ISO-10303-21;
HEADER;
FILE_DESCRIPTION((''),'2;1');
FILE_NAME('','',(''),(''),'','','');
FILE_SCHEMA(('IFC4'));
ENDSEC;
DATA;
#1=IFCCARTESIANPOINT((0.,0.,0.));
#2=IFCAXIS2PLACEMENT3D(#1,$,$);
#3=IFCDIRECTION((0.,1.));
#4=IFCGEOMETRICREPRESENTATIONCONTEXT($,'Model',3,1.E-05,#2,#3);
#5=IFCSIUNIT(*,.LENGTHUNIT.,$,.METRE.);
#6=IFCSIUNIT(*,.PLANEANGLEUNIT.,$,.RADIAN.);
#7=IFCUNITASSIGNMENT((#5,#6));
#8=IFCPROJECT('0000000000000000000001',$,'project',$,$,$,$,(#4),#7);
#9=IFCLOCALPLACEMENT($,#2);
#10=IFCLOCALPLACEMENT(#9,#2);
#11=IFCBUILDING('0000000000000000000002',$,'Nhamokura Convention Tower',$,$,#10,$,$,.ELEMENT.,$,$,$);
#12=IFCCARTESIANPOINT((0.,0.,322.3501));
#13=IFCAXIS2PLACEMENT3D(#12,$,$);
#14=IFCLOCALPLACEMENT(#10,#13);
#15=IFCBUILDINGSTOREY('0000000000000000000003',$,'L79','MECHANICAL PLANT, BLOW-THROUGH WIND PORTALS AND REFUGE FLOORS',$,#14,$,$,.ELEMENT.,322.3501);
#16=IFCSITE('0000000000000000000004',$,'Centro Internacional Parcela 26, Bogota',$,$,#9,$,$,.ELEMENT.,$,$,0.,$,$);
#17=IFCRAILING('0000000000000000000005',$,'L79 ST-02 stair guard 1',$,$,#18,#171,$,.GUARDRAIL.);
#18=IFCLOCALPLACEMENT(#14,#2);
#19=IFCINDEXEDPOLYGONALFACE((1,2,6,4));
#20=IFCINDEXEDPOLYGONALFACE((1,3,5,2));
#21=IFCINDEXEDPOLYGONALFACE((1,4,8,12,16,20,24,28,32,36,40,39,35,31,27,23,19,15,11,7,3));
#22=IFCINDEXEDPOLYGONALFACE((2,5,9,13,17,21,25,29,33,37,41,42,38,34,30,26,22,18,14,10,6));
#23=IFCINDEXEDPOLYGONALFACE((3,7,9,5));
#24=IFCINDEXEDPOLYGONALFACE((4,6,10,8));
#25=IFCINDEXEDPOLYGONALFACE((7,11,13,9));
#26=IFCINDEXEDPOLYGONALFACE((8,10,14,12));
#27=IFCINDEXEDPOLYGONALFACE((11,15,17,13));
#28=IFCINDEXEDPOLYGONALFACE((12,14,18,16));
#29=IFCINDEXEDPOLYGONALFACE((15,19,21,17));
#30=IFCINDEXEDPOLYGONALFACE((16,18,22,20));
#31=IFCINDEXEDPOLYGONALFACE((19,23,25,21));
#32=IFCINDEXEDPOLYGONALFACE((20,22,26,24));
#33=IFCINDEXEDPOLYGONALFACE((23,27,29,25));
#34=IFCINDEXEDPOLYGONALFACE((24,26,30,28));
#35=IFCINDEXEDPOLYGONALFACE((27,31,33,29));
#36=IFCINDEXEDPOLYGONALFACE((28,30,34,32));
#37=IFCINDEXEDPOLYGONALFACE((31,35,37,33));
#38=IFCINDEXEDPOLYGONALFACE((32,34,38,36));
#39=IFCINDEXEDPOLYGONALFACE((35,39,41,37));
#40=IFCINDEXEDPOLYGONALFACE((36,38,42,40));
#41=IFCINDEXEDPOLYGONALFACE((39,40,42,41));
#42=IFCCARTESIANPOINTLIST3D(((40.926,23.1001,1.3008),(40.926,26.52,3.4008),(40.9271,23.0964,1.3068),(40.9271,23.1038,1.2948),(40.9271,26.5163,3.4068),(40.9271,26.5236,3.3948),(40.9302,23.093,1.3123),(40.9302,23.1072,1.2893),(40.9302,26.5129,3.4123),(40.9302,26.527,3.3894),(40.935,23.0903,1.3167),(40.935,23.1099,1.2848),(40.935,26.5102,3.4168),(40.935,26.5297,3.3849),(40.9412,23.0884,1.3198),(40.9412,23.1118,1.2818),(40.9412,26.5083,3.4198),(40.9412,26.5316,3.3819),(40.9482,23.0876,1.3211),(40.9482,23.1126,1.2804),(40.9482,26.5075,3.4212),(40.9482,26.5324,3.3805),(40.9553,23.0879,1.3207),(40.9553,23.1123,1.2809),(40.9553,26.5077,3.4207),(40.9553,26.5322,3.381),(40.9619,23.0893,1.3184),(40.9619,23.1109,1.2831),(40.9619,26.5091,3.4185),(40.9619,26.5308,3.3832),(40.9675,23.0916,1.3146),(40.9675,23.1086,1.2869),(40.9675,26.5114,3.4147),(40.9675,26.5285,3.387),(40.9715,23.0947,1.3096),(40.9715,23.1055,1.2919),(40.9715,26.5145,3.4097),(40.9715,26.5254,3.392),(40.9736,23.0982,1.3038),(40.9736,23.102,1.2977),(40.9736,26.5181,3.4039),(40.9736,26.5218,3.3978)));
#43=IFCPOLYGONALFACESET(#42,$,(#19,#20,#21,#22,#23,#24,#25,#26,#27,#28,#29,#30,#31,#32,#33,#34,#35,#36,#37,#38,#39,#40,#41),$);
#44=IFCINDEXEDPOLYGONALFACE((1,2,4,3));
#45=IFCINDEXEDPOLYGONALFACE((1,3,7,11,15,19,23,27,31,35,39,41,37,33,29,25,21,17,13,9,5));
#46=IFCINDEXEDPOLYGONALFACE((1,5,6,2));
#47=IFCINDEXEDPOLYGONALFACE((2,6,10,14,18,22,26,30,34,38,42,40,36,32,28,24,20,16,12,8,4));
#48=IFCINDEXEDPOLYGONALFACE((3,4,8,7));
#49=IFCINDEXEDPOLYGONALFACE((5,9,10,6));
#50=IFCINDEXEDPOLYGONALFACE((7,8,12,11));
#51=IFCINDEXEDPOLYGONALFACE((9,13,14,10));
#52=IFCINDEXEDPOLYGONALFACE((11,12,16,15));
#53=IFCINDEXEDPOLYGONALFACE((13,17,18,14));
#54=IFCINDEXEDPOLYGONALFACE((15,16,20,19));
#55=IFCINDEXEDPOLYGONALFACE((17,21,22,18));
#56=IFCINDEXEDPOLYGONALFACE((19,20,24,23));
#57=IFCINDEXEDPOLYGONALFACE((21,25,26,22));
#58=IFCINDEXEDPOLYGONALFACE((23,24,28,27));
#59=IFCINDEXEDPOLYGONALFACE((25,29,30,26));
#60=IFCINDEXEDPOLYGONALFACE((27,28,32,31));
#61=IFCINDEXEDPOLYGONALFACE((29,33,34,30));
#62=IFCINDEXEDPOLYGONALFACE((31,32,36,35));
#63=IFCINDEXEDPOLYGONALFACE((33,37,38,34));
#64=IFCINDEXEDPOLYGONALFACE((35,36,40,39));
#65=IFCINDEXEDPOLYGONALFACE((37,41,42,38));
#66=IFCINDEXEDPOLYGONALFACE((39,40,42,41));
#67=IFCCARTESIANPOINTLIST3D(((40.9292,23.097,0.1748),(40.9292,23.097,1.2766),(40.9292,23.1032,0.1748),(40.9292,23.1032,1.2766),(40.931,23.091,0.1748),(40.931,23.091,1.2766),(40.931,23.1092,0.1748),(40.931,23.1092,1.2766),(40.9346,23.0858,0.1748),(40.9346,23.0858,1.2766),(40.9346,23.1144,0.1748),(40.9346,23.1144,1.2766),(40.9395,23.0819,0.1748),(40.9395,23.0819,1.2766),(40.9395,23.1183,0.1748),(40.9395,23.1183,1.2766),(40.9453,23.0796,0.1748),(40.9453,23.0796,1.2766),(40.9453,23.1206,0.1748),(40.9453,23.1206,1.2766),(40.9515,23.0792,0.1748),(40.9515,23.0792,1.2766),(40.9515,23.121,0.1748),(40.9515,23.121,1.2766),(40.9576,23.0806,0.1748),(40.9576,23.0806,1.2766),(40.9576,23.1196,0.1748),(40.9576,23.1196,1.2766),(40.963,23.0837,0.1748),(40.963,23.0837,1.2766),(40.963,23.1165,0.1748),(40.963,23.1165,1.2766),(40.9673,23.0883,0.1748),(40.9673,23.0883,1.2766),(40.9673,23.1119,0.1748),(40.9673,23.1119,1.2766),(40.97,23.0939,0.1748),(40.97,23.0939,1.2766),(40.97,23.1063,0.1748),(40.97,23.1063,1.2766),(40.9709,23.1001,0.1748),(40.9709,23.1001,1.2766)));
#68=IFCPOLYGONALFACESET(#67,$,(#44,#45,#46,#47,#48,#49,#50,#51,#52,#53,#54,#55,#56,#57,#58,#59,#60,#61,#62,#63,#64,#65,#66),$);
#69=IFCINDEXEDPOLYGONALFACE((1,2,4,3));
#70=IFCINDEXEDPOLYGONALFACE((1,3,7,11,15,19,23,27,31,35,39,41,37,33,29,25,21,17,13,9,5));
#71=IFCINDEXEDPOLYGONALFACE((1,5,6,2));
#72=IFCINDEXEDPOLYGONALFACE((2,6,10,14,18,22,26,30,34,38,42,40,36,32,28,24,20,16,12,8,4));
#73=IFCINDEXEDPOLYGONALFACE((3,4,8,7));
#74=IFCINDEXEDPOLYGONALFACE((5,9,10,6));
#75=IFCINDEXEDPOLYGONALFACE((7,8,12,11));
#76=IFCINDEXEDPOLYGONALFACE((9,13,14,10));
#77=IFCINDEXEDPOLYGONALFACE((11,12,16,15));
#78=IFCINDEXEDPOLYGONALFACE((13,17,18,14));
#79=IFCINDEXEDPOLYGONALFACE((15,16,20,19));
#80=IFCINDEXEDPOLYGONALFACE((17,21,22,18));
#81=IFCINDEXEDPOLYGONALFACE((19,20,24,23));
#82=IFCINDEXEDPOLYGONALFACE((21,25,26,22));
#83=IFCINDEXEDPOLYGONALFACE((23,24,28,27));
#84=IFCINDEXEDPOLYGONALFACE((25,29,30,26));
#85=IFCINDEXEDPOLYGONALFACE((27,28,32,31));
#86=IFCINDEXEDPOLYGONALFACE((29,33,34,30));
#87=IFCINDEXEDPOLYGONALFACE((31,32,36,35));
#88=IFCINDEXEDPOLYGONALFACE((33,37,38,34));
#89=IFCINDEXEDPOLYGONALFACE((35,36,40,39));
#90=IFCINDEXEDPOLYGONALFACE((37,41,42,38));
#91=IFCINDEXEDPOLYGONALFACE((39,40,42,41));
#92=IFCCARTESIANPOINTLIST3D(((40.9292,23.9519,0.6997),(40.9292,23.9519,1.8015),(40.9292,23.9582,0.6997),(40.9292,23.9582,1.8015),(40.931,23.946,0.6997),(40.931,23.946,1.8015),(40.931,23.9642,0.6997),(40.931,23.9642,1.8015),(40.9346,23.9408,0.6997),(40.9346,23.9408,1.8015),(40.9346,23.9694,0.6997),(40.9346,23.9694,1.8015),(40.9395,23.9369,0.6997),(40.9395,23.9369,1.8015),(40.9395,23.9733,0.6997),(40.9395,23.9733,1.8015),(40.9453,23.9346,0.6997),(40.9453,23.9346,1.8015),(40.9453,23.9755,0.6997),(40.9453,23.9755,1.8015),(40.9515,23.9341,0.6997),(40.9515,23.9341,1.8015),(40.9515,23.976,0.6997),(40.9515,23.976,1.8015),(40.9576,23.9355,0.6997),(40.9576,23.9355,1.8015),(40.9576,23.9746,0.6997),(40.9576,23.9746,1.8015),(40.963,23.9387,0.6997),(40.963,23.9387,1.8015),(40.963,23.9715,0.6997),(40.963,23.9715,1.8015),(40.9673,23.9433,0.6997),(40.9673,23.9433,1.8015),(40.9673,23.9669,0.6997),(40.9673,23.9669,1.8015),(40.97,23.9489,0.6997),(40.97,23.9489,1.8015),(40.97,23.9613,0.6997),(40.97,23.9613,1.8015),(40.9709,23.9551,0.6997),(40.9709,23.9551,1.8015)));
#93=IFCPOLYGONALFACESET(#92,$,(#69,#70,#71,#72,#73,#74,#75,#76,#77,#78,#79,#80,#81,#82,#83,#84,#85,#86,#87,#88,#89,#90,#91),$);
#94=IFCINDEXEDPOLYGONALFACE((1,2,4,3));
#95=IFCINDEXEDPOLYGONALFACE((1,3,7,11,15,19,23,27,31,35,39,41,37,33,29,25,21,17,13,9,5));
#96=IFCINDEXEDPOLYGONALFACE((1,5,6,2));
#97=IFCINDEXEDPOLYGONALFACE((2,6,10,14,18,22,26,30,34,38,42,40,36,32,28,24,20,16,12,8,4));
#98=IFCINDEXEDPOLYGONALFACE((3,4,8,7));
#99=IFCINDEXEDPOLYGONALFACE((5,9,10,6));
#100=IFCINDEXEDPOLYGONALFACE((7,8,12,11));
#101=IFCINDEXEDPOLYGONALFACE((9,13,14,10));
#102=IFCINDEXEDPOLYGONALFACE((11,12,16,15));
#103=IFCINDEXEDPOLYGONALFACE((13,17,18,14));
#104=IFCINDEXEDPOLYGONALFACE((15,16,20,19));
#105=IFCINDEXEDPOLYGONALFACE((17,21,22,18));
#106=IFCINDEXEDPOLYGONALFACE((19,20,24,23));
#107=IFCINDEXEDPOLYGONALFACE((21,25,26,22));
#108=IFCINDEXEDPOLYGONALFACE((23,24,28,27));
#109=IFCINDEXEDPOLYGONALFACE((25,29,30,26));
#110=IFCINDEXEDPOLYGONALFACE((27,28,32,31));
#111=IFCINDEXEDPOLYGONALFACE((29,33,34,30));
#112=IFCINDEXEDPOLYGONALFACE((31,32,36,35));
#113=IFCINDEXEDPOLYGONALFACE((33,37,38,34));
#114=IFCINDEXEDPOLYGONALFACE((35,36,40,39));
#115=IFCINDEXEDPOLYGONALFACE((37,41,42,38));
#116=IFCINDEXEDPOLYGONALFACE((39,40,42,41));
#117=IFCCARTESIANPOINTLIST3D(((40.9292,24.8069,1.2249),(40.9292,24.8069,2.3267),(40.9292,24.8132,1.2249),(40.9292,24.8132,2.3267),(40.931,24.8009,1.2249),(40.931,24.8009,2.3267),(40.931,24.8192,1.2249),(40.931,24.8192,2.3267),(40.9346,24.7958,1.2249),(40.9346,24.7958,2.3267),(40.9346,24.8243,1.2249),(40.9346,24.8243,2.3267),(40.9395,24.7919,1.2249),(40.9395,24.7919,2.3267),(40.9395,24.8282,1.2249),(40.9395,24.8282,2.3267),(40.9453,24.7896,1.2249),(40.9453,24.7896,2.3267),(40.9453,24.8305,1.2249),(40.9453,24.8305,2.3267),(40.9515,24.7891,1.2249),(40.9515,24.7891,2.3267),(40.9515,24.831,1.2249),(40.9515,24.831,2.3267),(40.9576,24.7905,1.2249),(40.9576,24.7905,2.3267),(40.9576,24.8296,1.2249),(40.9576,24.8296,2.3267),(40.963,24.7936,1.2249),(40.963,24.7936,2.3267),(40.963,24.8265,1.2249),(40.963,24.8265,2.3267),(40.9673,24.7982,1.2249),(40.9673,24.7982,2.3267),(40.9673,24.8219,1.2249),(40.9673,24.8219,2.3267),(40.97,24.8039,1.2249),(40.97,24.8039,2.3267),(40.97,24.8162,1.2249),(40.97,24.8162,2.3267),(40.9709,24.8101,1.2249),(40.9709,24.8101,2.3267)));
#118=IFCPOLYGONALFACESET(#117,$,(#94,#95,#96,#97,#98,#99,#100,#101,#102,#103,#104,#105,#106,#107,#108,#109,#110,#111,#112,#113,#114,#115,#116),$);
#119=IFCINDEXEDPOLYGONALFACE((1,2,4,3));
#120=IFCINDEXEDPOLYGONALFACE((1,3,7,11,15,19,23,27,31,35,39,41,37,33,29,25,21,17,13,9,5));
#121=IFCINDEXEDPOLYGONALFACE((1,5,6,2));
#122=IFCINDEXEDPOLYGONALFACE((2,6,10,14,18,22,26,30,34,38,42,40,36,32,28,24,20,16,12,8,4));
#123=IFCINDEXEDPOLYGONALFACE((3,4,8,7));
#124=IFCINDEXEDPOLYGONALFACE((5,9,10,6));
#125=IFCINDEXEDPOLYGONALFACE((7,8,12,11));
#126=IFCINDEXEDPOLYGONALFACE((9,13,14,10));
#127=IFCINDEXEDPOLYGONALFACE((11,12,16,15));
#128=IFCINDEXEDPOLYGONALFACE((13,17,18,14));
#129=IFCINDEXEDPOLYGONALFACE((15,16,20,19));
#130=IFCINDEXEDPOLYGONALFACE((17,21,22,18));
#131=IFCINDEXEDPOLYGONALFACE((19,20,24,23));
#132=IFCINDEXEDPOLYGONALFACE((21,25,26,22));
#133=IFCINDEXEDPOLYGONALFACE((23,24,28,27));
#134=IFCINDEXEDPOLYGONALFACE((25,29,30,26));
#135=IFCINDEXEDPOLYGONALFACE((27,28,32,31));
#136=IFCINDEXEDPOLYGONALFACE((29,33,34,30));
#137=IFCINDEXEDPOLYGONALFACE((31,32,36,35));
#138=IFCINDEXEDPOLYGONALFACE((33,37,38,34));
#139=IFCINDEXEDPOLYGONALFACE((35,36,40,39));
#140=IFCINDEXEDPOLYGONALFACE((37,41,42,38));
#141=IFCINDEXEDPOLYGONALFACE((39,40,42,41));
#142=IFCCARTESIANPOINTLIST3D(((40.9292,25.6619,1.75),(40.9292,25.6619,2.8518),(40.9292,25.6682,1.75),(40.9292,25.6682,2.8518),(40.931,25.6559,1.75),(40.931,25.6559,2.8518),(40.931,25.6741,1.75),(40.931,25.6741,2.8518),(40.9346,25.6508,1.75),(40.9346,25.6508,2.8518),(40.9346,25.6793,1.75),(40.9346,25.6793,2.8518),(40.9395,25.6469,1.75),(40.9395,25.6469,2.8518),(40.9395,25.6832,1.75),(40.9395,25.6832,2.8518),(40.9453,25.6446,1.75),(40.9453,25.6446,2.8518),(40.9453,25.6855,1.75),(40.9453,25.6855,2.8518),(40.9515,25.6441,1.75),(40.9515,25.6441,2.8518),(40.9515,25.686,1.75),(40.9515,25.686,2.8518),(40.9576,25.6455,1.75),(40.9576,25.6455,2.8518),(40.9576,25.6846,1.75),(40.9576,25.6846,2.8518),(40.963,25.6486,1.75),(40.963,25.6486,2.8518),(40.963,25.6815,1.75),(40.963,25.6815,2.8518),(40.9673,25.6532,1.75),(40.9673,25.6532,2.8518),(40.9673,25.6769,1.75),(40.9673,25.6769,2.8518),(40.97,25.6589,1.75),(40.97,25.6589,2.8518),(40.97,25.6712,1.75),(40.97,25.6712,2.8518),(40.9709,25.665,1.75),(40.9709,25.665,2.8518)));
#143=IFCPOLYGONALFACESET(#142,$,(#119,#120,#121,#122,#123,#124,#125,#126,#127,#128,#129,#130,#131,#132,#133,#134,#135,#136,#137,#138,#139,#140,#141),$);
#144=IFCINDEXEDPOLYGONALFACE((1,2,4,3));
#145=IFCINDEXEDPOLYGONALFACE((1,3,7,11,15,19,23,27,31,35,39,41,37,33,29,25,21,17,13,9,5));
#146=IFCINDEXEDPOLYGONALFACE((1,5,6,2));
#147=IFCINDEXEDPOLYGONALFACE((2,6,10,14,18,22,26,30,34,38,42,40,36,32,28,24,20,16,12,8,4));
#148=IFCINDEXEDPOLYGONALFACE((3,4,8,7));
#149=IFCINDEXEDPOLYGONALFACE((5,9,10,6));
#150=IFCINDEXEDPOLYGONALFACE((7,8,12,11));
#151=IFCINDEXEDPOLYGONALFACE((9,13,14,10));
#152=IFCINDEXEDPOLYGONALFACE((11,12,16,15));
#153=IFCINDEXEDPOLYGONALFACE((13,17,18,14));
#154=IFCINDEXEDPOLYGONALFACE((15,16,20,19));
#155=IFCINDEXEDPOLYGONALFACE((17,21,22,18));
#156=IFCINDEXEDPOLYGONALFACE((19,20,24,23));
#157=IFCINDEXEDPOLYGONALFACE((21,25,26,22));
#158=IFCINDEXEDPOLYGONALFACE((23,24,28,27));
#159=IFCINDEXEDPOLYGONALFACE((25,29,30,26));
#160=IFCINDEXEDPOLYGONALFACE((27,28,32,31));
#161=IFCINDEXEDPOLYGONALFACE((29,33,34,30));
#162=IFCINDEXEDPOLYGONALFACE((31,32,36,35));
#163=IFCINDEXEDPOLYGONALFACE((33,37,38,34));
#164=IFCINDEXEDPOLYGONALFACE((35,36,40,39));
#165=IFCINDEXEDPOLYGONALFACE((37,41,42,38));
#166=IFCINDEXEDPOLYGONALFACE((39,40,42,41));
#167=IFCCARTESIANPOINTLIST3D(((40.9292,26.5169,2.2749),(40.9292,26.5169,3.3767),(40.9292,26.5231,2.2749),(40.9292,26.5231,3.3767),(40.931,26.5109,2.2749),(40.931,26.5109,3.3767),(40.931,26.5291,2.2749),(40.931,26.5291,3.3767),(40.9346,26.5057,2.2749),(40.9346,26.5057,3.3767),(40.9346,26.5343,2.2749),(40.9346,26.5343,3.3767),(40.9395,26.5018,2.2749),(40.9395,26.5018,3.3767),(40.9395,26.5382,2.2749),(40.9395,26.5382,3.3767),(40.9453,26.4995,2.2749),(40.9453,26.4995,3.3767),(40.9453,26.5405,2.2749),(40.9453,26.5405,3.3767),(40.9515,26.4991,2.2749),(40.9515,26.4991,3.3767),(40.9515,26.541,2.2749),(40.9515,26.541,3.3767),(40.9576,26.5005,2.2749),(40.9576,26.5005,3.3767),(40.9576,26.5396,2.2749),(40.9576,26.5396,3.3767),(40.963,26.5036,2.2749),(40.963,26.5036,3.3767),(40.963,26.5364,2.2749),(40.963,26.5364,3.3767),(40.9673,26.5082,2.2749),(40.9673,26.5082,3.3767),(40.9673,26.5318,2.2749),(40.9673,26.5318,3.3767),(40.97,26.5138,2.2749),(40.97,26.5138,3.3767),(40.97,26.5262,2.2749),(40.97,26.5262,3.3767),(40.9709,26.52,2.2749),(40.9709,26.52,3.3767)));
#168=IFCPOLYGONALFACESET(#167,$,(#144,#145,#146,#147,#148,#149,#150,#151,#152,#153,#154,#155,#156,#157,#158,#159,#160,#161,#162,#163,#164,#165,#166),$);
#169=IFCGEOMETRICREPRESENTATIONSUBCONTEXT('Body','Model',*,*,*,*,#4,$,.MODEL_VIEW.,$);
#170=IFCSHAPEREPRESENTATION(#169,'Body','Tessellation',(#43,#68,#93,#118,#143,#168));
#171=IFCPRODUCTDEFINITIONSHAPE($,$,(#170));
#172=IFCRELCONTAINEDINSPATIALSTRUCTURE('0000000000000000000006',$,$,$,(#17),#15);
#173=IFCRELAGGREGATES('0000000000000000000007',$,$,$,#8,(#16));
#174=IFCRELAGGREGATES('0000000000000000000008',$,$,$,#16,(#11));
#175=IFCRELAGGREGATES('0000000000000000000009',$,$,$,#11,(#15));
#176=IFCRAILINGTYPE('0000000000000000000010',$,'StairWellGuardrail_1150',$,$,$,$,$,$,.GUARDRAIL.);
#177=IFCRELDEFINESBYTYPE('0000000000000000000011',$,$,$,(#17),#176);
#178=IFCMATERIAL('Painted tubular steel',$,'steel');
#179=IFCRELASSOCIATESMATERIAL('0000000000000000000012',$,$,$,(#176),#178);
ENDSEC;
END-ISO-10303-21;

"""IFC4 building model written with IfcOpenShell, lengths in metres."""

from ifc_helpers import new_model, si_unit, direction, frame, origin, origin_2d, place, context, subcontext, project, spatial, circle, extrude, material, type_object, element, save


model = new_model("IFC4")

# Units and contexts
model_context = context("Model", 3, precision=1e-05, world=origin(), true_north=direction((0.0, 1.0)))
body_context = subcontext(model_context, "Body", "Model", "MODEL_VIEW")
ifc_project = project(units=[si_unit("LENGTHUNIT", "METRE"), si_unit("PLANEANGLEUNIT", "RADIAN")], contexts=[model_context])

# Site, building, storey
site_placement = place(None, origin())
site = spatial("IfcSite", under=ifc_project, at=site_placement, Name="Centro Internacional Parcela 26, Bogota", CompositionType="ELEMENT", RefElevation=0.0)
building_placement = place(site_placement, origin())
building = spatial("IfcBuilding", under=site, at=building_placement, Name="Nhamokura Convention Tower", CompositionType="ELEMENT")
storey_placement = place(building_placement, frame((0.0, 0.0, 322.3501)))
storey = spatial("IfcBuildingStorey", under=building, at=storey_placement, Name="L79", Description="MECHANICAL PLANT, BLOW-THROUGH WIND PORTALS AND REFUGE FLOORS", CompositionType="ELEMENT", Elevation=322.3501)

# Railing
ifc_material_1 = material(Name="Painted tubular steel", Category="steel")
railing_type_1 = type_object("IfcRailingType", Name="StairWellGuardrail_1150", PredefinedType="GUARDRAIL", material=ifc_material_1)
railing_1_placement = place(storey_placement, frame((40.95, 23.1001, 0.1748)))
element("IfcRailing", 1, at=railing_1_placement, inside=storey, type_object=railing_type_1, Name="L79 ST-02 stair guard 1", PredefinedType="GUARDRAIL", context=body_context, shape_type="SweptSolid", body=[
    extrude(circle(Radius=0.0239, at=origin_2d()), frame((0.0, 0.0, 1.126), z_axis=(0.0, 0.852155, 0.523289), x_axis=(-1.0, 0.0, 0.0)), (0.0, 0.0, 1.0), 4.0132),
    extrude(circle(Radius=0.021, at=origin_2d()), origin(), (0.0, 0.0, 1.0), 1.1018),
    extrude(circle(Radius=0.021, at=origin_2d()), frame((0.0, 0.855, 0.5249)), (0.0, 0.0, 1.0), 1.1018),
    extrude(circle(Radius=0.021, at=origin_2d()), frame((0.0, 1.71, 1.05)), (0.0, 0.0, 1.0), 1.1018),
    extrude(circle(Radius=0.021, at=origin_2d()), frame((0.0, 2.5649, 1.5752)), (0.0, 0.0, 1.0), 1.1018),
    extrude(circle(Radius=0.021, at=origin_2d()), frame((0.0, 3.4199, 2.1001)), (0.0, 0.0, 1.0), 1.1018),
])

save(model, "model.ifc")
